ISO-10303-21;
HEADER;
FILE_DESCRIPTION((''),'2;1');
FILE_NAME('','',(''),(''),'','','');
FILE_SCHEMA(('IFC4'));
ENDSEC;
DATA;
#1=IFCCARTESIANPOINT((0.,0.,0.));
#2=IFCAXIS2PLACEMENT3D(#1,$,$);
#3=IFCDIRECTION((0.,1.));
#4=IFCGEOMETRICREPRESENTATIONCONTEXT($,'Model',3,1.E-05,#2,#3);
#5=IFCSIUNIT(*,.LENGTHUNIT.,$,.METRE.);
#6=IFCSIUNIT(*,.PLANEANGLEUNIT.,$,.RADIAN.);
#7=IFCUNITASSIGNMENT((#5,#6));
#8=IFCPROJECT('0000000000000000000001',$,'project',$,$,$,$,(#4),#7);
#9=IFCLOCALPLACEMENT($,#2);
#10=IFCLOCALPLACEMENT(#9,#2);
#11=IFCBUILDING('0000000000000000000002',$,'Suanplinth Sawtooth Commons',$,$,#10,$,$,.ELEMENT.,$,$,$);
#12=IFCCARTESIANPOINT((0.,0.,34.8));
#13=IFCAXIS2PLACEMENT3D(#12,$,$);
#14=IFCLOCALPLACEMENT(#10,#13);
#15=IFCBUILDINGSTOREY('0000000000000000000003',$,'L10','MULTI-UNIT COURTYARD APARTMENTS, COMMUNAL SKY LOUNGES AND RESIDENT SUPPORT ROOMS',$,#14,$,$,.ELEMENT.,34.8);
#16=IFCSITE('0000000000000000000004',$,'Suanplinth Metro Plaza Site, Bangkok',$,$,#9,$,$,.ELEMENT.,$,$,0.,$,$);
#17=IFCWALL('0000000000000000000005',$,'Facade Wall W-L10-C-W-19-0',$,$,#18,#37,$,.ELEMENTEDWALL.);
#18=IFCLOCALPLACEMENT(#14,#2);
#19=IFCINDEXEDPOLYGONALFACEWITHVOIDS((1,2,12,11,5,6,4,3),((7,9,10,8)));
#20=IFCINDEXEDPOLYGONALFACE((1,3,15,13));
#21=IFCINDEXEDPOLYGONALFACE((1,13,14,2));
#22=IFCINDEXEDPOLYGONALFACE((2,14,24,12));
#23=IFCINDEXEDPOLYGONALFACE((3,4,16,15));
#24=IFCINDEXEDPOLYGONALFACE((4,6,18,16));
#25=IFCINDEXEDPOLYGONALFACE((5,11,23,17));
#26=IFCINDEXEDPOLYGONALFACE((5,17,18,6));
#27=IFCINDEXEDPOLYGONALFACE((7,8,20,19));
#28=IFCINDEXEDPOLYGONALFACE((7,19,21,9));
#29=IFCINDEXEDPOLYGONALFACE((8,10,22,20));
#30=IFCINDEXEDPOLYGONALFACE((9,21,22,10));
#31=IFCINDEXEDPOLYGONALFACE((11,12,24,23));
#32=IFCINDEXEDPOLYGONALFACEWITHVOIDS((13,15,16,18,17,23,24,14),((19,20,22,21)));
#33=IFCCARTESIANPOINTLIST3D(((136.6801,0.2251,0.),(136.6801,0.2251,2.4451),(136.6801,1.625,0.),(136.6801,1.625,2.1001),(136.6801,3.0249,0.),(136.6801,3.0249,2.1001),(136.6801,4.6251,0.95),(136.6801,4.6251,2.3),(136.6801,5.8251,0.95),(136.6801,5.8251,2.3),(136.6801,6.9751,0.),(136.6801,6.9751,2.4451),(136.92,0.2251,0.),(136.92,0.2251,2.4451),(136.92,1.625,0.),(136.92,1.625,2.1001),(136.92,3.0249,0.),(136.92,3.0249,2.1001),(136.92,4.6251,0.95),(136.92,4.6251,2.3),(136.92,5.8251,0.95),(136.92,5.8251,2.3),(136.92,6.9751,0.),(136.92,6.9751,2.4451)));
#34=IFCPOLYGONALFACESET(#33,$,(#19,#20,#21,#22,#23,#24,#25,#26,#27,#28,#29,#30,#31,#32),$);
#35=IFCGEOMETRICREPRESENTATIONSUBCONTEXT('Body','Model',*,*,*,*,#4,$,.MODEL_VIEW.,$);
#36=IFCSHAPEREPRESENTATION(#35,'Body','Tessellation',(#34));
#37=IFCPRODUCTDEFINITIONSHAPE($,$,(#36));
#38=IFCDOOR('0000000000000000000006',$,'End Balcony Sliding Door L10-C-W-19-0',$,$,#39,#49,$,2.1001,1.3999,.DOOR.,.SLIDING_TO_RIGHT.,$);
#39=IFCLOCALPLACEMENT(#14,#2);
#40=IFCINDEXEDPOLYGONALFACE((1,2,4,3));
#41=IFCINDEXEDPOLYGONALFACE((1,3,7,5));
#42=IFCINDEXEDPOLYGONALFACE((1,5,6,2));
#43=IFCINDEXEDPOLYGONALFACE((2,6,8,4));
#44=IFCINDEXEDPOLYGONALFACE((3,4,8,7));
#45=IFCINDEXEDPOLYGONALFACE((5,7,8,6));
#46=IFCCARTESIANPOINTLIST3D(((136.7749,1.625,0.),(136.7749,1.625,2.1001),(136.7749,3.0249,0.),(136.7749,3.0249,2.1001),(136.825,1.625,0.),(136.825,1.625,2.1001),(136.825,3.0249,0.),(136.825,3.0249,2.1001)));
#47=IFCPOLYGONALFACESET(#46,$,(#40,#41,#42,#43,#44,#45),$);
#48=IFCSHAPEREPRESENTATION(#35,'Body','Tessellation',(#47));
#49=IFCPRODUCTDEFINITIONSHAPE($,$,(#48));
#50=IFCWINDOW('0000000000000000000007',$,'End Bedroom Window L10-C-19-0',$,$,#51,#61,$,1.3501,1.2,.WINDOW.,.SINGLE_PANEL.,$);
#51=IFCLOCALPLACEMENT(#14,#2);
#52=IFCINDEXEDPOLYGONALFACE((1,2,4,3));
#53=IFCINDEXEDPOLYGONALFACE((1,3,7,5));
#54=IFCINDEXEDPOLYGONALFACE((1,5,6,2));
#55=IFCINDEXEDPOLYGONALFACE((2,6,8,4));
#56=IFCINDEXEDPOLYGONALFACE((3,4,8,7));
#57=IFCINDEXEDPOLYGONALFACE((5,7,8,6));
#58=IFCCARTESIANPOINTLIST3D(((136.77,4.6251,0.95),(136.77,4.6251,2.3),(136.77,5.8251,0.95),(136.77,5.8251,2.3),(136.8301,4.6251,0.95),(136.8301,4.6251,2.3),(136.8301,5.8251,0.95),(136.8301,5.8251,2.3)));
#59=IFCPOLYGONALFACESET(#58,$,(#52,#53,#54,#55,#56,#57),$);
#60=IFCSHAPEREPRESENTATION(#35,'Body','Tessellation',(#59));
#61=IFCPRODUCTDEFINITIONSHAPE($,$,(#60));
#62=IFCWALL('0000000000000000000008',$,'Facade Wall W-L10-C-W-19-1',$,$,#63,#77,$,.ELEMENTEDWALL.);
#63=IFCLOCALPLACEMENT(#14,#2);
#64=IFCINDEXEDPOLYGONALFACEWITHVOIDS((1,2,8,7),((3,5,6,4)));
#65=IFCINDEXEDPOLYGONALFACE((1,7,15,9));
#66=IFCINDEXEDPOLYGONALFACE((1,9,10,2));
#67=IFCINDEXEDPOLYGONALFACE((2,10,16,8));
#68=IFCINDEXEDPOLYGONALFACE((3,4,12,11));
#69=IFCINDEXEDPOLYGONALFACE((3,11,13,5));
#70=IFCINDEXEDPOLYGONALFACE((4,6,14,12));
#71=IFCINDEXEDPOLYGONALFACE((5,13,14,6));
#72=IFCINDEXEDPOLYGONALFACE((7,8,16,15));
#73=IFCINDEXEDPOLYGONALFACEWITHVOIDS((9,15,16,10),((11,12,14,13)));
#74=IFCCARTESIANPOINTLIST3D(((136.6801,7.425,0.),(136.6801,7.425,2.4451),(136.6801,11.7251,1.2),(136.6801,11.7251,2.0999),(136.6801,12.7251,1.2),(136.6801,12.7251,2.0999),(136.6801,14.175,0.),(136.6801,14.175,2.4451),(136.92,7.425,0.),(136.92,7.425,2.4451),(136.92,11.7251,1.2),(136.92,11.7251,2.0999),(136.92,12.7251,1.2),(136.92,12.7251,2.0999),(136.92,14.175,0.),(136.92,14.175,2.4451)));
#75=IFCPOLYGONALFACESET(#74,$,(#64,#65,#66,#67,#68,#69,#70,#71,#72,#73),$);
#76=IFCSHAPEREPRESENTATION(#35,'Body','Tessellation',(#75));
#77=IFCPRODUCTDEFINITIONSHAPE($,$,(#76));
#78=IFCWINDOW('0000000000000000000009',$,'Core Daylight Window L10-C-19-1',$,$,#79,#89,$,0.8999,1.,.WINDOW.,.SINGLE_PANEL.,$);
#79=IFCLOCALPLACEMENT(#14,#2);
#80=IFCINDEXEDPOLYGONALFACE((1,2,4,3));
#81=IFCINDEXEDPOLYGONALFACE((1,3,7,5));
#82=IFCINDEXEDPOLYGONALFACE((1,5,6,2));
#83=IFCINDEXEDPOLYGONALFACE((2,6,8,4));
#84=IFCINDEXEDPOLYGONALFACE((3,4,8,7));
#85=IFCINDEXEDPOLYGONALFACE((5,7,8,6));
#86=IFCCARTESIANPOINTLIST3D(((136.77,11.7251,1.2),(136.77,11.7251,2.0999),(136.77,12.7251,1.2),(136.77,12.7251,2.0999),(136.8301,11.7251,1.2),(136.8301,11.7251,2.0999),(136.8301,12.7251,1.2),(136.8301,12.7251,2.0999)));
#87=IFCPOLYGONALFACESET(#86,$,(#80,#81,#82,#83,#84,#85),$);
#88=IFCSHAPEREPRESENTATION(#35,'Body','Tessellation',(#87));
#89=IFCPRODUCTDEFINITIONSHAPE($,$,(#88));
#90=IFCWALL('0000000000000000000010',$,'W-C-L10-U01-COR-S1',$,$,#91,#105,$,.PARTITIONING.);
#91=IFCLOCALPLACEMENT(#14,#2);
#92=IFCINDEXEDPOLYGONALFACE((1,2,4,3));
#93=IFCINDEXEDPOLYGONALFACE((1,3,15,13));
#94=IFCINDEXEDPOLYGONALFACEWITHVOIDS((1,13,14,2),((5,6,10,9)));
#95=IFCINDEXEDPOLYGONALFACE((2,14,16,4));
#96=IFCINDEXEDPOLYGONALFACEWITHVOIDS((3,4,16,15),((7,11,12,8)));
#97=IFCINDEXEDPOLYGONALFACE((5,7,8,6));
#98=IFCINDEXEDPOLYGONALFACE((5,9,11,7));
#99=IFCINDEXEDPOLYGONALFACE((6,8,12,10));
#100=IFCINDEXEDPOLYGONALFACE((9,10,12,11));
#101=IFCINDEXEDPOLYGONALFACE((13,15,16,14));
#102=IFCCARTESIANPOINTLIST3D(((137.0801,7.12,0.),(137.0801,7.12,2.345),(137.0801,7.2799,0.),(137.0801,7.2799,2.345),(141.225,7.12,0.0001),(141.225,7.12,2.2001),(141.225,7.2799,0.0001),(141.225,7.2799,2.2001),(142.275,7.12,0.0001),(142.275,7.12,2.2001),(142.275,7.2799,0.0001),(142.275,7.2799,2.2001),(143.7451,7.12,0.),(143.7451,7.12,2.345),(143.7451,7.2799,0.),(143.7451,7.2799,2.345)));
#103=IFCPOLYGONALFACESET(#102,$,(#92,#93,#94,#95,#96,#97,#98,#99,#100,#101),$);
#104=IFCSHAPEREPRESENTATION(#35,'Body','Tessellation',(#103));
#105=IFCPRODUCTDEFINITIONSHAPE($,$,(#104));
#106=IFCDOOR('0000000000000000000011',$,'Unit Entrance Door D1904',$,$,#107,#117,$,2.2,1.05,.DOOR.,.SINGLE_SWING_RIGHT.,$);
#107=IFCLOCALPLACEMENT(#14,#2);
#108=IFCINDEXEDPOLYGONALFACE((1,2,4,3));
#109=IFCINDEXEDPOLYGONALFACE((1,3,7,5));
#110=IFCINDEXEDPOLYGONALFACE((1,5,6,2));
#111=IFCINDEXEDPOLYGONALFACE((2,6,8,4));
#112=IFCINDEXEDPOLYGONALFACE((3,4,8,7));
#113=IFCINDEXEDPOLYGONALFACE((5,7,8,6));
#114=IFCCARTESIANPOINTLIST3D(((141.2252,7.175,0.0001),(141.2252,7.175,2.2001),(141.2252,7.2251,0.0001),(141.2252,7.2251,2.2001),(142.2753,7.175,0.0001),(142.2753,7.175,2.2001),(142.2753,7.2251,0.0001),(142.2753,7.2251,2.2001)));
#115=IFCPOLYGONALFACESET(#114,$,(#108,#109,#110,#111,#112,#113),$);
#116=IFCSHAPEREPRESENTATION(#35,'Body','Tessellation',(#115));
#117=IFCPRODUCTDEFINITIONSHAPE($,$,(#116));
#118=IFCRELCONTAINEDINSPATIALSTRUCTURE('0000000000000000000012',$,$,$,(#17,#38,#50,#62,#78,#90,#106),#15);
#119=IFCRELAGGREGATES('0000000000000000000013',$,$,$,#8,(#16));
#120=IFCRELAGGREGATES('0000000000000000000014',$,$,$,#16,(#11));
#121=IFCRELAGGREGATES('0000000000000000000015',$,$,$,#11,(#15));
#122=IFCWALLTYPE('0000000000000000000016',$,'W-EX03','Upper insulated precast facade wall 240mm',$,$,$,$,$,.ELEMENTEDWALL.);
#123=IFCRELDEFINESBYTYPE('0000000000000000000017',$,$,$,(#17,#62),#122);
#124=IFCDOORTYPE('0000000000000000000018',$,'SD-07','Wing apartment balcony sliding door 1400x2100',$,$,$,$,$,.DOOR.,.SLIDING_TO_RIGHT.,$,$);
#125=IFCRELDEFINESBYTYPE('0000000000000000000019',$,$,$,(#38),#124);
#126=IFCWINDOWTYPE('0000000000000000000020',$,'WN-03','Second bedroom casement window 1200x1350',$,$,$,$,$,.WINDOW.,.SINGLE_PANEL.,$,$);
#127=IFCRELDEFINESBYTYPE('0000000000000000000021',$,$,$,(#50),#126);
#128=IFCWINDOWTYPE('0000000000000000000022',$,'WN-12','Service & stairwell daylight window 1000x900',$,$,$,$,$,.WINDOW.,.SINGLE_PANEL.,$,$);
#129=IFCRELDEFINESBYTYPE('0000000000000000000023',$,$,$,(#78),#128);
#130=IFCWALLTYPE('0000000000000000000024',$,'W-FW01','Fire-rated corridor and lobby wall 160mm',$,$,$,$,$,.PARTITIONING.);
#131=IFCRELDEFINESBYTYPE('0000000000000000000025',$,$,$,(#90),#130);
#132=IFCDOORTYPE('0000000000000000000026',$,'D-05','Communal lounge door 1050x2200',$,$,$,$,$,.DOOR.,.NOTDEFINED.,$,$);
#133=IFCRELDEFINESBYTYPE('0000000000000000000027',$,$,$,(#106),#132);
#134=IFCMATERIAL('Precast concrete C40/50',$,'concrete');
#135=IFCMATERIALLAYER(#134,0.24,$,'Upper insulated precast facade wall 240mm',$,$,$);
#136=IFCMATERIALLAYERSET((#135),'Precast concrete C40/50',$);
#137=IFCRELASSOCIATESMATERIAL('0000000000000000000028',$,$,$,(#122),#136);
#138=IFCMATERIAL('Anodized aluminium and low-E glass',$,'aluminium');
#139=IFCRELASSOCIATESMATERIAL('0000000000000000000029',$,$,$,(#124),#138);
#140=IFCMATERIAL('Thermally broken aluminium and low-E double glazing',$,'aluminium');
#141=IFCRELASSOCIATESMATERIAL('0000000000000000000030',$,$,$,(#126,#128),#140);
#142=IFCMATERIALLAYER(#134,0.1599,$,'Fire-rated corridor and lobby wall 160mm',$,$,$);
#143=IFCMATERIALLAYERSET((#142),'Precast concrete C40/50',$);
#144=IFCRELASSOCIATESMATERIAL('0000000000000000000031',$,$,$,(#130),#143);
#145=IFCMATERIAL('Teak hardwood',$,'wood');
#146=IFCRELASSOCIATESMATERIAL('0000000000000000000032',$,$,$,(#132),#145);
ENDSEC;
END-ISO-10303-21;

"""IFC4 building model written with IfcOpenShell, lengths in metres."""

from ifc_helpers import new_model, si_unit, direction, frame, frame_2d, origin, place, context, subcontext, project, spatial, rectangle, extrude, material, layer, layer_set, type_object, element, fill, save


model = new_model("IFC4")

# Units and contexts
model_context = context("Model", 3, precision=1e-05, world=origin(), true_north=direction((0.0, 1.0)))
body_context = subcontext(model_context, "Body", "Model", "MODEL_VIEW")
ifc_project = project(units=[si_unit("LENGTHUNIT", "METRE"), si_unit("PLANEANGLEUNIT", "RADIAN")], contexts=[model_context])

# Site, building, storey
site_placement = place(None, origin())
site = spatial("IfcSite", under=ifc_project, at=site_placement, Name="Suanplinth Metro Plaza Site, Bangkok", CompositionType="ELEMENT", RefElevation=0.0)
building_placement = place(site_placement, origin())
building = spatial("IfcBuilding", under=site, at=building_placement, Name="Suanplinth Sawtooth Commons", CompositionType="ELEMENT")
storey_placement = place(building_placement, frame((0.0, 0.0, 34.8)))
storey = spatial("IfcBuildingStorey", under=building, at=storey_placement, Name="L10", Description="MULTI-UNIT COURTYARD APARTMENTS, COMMUNAL SKY LOUNGES AND RESIDENT SUPPORT ROOMS", CompositionType="ELEMENT", Elevation=34.8)

# Shared definitions
ifc_material_1 = material(Name="Precast concrete C40/50", Category="concrete")

# Wall, openings, door, window
ifc_layer_1 = layer(ifc_material_1, 0.24, Name="Upper insulated precast facade wall 240mm")
ifc_layer_set_1 = layer_set([ifc_layer_1], Name="Precast concrete C40/50")
wall_type_1 = type_object("IfcWallType", Name="W-EX03", Description="Upper insulated precast facade wall 240mm", PredefinedType="ELEMENTEDWALL", material=ifc_layer_set_1)
ifc_material_2 = material(Name="Anodized aluminium and low-E glass", Category="aluminium")
ifc_material_3 = material(Name="Thermally broken aluminium and low-E double glazing", Category="aluminium")
wall_1_placement = place(storey_placement, frame((136.8, 0.2251, 0.0), z_axis=(0.0, 0.0, 1.0), x_axis=(0.0, 1.0, 0.0)))
wall_1 = element("IfcWall", 1, at=wall_1_placement, inside=storey, type_object=wall_type_1, Name="Facade Wall W-L10-C-W-19-0", PredefinedType="ELEMENTEDWALL", context=body_context, shape_type="SweptSolid", body=[
    extrude(rectangle(XDim=6.75, YDim=0.24, at=frame_2d((3.375, 0.0))), origin(), (0.0, 0.0, 1.0), 2.4451),
])
opening_1_placement = place(wall_1_placement, frame((1.3999, 0.0, 0.0)))
opening_1 = element("IfcOpeningElement", 2, at=opening_1_placement, cuts=wall_1, PredefinedType="OPENING", context=body_context, shape_type="SweptSolid", body=[
    extrude(rectangle(XDim=1.3999, YDim=2.1001, at=frame_2d((0.7, 1.05))), frame((0.0, 0.1348, 0.0), z_axis=(0.0, -1.0, 0.0), x_axis=(1.0, 0.0, 0.0)), (0.0, 0.0, 1.0), 0.2698),
])
opening_2_placement = place(wall_1_placement, frame((4.3999, 0.0, 0.95)))
opening_2 = element("IfcOpeningElement", 3, at=opening_2_placement, cuts=wall_1, PredefinedType="OPENING", context=body_context, shape_type="SweptSolid", body=[
    extrude(rectangle(XDim=1.2, YDim=1.3501, at=frame_2d((0.6001, 0.675))), frame((0.0, 0.1348, 0.0), z_axis=(0.0, -1.0, 0.0), x_axis=(1.0, 0.0, 0.0)), (0.0, 0.0, 1.0), 0.2698),
])
door_type_1 = type_object("IfcDoorType", Name="SD-07", Description="Wing apartment balcony sliding door 1400x2100", OperationType="SLIDING_TO_RIGHT", PredefinedType="DOOR", material=ifc_material_2)
door_1_placement = place(opening_1_placement, frame((1.3999, 0.0, 0.0), z_axis=(0.0, 0.0, 1.0), x_axis=(-1.0, 0.0, 0.0)))
door_1 = element("IfcDoor", 4, at=door_1_placement, inside=storey, type_object=door_type_1, Name="End Balcony Sliding Door L10-C-W-19-0", OperationType="SLIDING_TO_RIGHT", OverallHeight=2.1001, OverallWidth=1.3999, PredefinedType="DOOR", context=body_context, shape_type="SweptSolid", body=[
    extrude(rectangle(XDim=1.3999, YDim=2.1001, at=frame_2d((0.7, 1.05))), frame((0.0, 0.0249, 0.0), z_axis=(0.0, -1.0, 0.0), x_axis=(1.0, 0.0, 0.0)), (0.0, 0.0, 1.0), 0.05),
])
fill(opening_1, door_1)
window_type_1 = type_object("IfcWindowType", Name="WN-03", Description="Second bedroom casement window 1200x1350", PartitioningType="SINGLE_PANEL", PredefinedType="WINDOW", material=ifc_material_3)
window_1_placement = place(opening_2_placement, origin())
window_1 = element("IfcWindow", 5, at=window_1_placement, inside=storey, type_object=window_type_1, Name="End Bedroom Window L10-C-19-0", OverallHeight=1.3501, OverallWidth=1.2, PartitioningType="SINGLE_PANEL", PredefinedType="WINDOW", context=body_context, shape_type="SweptSolid", body=[
    extrude(rectangle(XDim=1.2, YDim=1.3501, at=frame_2d((0.6001, 0.675))), frame((0.0, 0.03, 0.0), z_axis=(0.0, -1.0, 0.0), x_axis=(1.0, 0.0, 0.0)), (0.0, 0.0, 1.0), 0.0601),
])
fill(opening_2, window_1)

# Wall, opening, window
wall_2_placement = place(storey_placement, frame((136.8, 7.425, 0.0), z_axis=(0.0, 0.0, 1.0), x_axis=(0.0, 1.0, 0.0)))
wall_2 = element("IfcWall", 6, at=wall_2_placement, inside=storey, type_object=wall_type_1, Name="Facade Wall W-L10-C-W-19-1", PredefinedType="ELEMENTEDWALL", context=body_context, shape_type="SweptSolid", body=[
    extrude(rectangle(XDim=6.75, YDim=0.24, at=frame_2d((3.375, 0.0))), origin(), (0.0, 0.0, 1.0), 2.4451),
])
opening_3_placement = place(wall_2_placement, frame((4.3, 0.0, 1.2)))
opening_3 = element("IfcOpeningElement", 7, at=opening_3_placement, cuts=wall_2, PredefinedType="OPENING", context=body_context, shape_type="SweptSolid", body=[
    extrude(rectangle(XDim=1.0, YDim=0.8999, at=frame_2d((0.5, 0.45))), frame((0.0, 0.1348, 0.0), z_axis=(0.0, -1.0, 0.0), x_axis=(1.0, 0.0, 0.0)), (0.0, 0.0, 1.0), 0.2698),
])
window_type_2 = type_object("IfcWindowType", Name="WN-12", Description="Service & stairwell daylight window 1000x900", PartitioningType="SINGLE_PANEL", PredefinedType="WINDOW", material=ifc_material_3)
window_2_placement = place(opening_3_placement, origin())
window_2 = element("IfcWindow", 8, at=window_2_placement, inside=storey, type_object=window_type_2, Name="Core Daylight Window L10-C-19-1", OverallHeight=0.8999, OverallWidth=1.0, PartitioningType="SINGLE_PANEL", PredefinedType="WINDOW", context=body_context, shape_type="SweptSolid", body=[
    extrude(rectangle(XDim=1.0, YDim=0.8999, at=frame_2d((0.5, 0.45))), frame((0.0, 0.03, 0.0), z_axis=(0.0, -1.0, 0.0), x_axis=(1.0, 0.0, 0.0)), (0.0, 0.0, 1.0), 0.0601),
])
fill(opening_3, window_2)

# Wall, opening, door
ifc_layer_2 = layer(ifc_material_1, 0.1599, Name="Fire-rated corridor and lobby wall 160mm")
ifc_layer_set_2 = layer_set([ifc_layer_2], Name="Precast concrete C40/50")
wall_type_2 = type_object("IfcWallType", Name="W-FW01", Description="Fire-rated corridor and lobby wall 160mm", PredefinedType="PARTITIONING", material=ifc_layer_set_2)
wall_3_placement = place(storey_placement, frame((137.0801, 7.2, 0.0), z_axis=(0.0, 0.0, 1.0), x_axis=(1.0, 0.0, 0.0)))
wall_3 = element("IfcWall", 9, at=wall_3_placement, inside=storey, type_object=wall_type_2, Name="W-C-L10-U01-COR-S1", PredefinedType="PARTITIONING", context=body_context, shape_type="SweptSolid", body=[
    extrude(rectangle(XDim=6.665, YDim=0.1599, at=frame_2d((3.3325, 0.0))), origin(), (0.0, 0.0, 1.0), 2.345),
])
opening_4_placement = place(wall_3_placement, frame((4.145, 0.0, 0.0)))
opening_4 = element("IfcOpeningElement", 10, at=opening_4_placement, cuts=wall_3, PredefinedType="OPENING", context=body_context, shape_type="SweptSolid", body=[
    extrude(rectangle(XDim=1.05, YDim=2.2, at=frame_2d((0.5249, 1.1001))), frame((0.0, 0.0947, 0.0), z_axis=(0.0, -1.0, 0.0), x_axis=(1.0, 0.0, 0.0)), (0.0, 0.0, 1.0), 0.1897),
])
ifc_material_4 = material(Name="Teak hardwood", Category="wood")
door_type_2 = type_object("IfcDoorType", Name="D-05", Description="Communal lounge door 1050x2200", OperationType="NOTDEFINED", PredefinedType="DOOR", material=ifc_material_4)
door_2_placement = place(opening_4_placement, frame((1.05, 0.0, 0.0), z_axis=(0.0, 0.0, 1.0), x_axis=(-1.0, 0.0, 0.0)))
door_2 = element("IfcDoor", 11, at=door_2_placement, inside=storey, type_object=door_type_2, Name="Unit Entrance Door D1904", OperationType="SINGLE_SWING_RIGHT", OverallHeight=2.2, OverallWidth=1.05, PredefinedType="DOOR", context=body_context, shape_type="SweptSolid", body=[
    extrude(rectangle(XDim=1.05, YDim=2.2, at=frame_2d((0.5249, 1.1001))), frame((0.0, 0.0249, 0.0), z_axis=(0.0, -1.0, 0.0), x_axis=(1.0, 0.0, 0.0)), (0.0, 0.0, 1.0), 0.05),
])
fill(opening_4, door_2)

save(model, "model.ifc")
